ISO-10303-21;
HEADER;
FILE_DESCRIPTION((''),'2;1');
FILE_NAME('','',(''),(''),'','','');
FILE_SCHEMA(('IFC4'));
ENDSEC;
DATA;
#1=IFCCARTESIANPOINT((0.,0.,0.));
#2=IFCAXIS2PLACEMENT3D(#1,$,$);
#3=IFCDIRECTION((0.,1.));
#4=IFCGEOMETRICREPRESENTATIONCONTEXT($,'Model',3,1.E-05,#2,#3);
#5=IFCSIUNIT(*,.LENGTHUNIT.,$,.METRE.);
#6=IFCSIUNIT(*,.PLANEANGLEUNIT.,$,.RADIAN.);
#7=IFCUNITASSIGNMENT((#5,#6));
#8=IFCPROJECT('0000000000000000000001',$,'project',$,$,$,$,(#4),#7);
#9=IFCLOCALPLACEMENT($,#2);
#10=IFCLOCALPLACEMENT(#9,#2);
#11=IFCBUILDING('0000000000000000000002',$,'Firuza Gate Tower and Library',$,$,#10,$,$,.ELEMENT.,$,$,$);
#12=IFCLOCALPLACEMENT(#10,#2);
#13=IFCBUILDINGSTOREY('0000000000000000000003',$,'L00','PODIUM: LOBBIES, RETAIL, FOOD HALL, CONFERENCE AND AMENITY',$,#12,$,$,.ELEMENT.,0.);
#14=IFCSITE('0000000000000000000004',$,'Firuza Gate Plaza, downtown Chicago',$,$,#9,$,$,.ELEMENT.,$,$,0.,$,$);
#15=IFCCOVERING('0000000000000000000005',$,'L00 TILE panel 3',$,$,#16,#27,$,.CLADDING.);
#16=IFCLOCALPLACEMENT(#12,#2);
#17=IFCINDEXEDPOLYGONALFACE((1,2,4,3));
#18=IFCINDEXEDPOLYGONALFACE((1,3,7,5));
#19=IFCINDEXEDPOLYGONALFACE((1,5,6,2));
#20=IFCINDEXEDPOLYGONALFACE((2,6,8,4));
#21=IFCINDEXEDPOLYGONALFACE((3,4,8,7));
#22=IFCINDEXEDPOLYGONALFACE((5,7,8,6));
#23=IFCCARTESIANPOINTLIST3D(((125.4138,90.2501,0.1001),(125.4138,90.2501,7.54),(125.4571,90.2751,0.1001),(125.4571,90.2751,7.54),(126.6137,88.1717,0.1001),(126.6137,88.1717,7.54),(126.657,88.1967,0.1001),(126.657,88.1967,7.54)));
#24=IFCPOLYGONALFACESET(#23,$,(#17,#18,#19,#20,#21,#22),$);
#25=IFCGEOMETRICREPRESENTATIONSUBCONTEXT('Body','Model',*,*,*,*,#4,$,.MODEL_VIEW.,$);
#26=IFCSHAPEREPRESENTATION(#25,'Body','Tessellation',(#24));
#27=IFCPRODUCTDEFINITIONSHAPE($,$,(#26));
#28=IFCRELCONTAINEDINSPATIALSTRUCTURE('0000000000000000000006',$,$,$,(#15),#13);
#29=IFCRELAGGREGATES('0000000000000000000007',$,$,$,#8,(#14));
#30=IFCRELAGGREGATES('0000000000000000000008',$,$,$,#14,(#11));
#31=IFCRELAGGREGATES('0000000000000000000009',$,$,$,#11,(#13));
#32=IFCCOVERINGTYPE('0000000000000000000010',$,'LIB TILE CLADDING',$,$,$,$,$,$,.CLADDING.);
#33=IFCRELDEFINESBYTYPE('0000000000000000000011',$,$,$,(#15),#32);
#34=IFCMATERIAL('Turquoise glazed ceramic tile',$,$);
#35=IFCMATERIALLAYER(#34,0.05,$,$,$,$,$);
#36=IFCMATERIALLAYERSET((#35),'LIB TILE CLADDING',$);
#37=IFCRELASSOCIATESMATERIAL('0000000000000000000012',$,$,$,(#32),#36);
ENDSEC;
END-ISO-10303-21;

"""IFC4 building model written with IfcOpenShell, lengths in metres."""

from ifc_helpers import new_model, si_unit, direction, frame, origin, origin_2d, place, context, subcontext, project, spatial, rectangle, extrude, material, layer, layer_set, type_object, element, save


model = new_model("IFC4")

# Units and contexts
model_context = context("Model", 3, precision=1e-05, world=origin(), true_north=direction((0.0, 1.0)))
body_context = subcontext(model_context, "Body", "Model", "MODEL_VIEW")
ifc_project = project(units=[si_unit("LENGTHUNIT", "METRE"), si_unit("PLANEANGLEUNIT", "RADIAN")], contexts=[model_context])

# Site, building, storey
site_placement = place(None, origin())
site = spatial("IfcSite", under=ifc_project, at=site_placement, Name="Firuza Gate Plaza, downtown Chicago", CompositionType="ELEMENT", RefElevation=0.0)
building_placement = place(site_placement, origin())
building = spatial("IfcBuilding", under=site, at=building_placement, Name="Firuza Gate Tower and Library", CompositionType="ELEMENT")
storey_placement = place(building_placement, origin())
storey = spatial("IfcBuildingStorey", under=building, at=storey_placement, Name="L00", Description="PODIUM: LOBBIES, RETAIL, FOOD HALL, CONFERENCE AND AMENITY", CompositionType="ELEMENT", Elevation=0.0)

# Covering
ifc_material_1 = material(Name="Turquoise glazed ceramic tile")
ifc_layer_1 = layer(ifc_material_1, 0.05)
ifc_layer_set_1 = layer_set([ifc_layer_1], Name="LIB TILE CLADDING")
covering_type = type_object("IfcCoveringType", Name="LIB TILE CLADDING", PredefinedType="CLADDING", material=ifc_layer_set_1)
covering_placement = place(storey_placement, frame((126.0354, 89.2234, 0.1001), z_axis=(0.0, 0.0, 1.0), x_axis=(-0.5, 0.866025, 0.0)))
element("IfcCovering", 1, at=covering_placement, inside=storey, type_object=covering_type, Name="L00 TILE panel 3", PredefinedType="CLADDING", context=body_context, shape_type="SweptSolid", body=[
    extrude(rectangle(XDim=2.3999, YDim=0.05, at=origin_2d()), origin(), (0.0, 0.0, 1.0), 7.4399),
])

save(model, "model.ifc")
